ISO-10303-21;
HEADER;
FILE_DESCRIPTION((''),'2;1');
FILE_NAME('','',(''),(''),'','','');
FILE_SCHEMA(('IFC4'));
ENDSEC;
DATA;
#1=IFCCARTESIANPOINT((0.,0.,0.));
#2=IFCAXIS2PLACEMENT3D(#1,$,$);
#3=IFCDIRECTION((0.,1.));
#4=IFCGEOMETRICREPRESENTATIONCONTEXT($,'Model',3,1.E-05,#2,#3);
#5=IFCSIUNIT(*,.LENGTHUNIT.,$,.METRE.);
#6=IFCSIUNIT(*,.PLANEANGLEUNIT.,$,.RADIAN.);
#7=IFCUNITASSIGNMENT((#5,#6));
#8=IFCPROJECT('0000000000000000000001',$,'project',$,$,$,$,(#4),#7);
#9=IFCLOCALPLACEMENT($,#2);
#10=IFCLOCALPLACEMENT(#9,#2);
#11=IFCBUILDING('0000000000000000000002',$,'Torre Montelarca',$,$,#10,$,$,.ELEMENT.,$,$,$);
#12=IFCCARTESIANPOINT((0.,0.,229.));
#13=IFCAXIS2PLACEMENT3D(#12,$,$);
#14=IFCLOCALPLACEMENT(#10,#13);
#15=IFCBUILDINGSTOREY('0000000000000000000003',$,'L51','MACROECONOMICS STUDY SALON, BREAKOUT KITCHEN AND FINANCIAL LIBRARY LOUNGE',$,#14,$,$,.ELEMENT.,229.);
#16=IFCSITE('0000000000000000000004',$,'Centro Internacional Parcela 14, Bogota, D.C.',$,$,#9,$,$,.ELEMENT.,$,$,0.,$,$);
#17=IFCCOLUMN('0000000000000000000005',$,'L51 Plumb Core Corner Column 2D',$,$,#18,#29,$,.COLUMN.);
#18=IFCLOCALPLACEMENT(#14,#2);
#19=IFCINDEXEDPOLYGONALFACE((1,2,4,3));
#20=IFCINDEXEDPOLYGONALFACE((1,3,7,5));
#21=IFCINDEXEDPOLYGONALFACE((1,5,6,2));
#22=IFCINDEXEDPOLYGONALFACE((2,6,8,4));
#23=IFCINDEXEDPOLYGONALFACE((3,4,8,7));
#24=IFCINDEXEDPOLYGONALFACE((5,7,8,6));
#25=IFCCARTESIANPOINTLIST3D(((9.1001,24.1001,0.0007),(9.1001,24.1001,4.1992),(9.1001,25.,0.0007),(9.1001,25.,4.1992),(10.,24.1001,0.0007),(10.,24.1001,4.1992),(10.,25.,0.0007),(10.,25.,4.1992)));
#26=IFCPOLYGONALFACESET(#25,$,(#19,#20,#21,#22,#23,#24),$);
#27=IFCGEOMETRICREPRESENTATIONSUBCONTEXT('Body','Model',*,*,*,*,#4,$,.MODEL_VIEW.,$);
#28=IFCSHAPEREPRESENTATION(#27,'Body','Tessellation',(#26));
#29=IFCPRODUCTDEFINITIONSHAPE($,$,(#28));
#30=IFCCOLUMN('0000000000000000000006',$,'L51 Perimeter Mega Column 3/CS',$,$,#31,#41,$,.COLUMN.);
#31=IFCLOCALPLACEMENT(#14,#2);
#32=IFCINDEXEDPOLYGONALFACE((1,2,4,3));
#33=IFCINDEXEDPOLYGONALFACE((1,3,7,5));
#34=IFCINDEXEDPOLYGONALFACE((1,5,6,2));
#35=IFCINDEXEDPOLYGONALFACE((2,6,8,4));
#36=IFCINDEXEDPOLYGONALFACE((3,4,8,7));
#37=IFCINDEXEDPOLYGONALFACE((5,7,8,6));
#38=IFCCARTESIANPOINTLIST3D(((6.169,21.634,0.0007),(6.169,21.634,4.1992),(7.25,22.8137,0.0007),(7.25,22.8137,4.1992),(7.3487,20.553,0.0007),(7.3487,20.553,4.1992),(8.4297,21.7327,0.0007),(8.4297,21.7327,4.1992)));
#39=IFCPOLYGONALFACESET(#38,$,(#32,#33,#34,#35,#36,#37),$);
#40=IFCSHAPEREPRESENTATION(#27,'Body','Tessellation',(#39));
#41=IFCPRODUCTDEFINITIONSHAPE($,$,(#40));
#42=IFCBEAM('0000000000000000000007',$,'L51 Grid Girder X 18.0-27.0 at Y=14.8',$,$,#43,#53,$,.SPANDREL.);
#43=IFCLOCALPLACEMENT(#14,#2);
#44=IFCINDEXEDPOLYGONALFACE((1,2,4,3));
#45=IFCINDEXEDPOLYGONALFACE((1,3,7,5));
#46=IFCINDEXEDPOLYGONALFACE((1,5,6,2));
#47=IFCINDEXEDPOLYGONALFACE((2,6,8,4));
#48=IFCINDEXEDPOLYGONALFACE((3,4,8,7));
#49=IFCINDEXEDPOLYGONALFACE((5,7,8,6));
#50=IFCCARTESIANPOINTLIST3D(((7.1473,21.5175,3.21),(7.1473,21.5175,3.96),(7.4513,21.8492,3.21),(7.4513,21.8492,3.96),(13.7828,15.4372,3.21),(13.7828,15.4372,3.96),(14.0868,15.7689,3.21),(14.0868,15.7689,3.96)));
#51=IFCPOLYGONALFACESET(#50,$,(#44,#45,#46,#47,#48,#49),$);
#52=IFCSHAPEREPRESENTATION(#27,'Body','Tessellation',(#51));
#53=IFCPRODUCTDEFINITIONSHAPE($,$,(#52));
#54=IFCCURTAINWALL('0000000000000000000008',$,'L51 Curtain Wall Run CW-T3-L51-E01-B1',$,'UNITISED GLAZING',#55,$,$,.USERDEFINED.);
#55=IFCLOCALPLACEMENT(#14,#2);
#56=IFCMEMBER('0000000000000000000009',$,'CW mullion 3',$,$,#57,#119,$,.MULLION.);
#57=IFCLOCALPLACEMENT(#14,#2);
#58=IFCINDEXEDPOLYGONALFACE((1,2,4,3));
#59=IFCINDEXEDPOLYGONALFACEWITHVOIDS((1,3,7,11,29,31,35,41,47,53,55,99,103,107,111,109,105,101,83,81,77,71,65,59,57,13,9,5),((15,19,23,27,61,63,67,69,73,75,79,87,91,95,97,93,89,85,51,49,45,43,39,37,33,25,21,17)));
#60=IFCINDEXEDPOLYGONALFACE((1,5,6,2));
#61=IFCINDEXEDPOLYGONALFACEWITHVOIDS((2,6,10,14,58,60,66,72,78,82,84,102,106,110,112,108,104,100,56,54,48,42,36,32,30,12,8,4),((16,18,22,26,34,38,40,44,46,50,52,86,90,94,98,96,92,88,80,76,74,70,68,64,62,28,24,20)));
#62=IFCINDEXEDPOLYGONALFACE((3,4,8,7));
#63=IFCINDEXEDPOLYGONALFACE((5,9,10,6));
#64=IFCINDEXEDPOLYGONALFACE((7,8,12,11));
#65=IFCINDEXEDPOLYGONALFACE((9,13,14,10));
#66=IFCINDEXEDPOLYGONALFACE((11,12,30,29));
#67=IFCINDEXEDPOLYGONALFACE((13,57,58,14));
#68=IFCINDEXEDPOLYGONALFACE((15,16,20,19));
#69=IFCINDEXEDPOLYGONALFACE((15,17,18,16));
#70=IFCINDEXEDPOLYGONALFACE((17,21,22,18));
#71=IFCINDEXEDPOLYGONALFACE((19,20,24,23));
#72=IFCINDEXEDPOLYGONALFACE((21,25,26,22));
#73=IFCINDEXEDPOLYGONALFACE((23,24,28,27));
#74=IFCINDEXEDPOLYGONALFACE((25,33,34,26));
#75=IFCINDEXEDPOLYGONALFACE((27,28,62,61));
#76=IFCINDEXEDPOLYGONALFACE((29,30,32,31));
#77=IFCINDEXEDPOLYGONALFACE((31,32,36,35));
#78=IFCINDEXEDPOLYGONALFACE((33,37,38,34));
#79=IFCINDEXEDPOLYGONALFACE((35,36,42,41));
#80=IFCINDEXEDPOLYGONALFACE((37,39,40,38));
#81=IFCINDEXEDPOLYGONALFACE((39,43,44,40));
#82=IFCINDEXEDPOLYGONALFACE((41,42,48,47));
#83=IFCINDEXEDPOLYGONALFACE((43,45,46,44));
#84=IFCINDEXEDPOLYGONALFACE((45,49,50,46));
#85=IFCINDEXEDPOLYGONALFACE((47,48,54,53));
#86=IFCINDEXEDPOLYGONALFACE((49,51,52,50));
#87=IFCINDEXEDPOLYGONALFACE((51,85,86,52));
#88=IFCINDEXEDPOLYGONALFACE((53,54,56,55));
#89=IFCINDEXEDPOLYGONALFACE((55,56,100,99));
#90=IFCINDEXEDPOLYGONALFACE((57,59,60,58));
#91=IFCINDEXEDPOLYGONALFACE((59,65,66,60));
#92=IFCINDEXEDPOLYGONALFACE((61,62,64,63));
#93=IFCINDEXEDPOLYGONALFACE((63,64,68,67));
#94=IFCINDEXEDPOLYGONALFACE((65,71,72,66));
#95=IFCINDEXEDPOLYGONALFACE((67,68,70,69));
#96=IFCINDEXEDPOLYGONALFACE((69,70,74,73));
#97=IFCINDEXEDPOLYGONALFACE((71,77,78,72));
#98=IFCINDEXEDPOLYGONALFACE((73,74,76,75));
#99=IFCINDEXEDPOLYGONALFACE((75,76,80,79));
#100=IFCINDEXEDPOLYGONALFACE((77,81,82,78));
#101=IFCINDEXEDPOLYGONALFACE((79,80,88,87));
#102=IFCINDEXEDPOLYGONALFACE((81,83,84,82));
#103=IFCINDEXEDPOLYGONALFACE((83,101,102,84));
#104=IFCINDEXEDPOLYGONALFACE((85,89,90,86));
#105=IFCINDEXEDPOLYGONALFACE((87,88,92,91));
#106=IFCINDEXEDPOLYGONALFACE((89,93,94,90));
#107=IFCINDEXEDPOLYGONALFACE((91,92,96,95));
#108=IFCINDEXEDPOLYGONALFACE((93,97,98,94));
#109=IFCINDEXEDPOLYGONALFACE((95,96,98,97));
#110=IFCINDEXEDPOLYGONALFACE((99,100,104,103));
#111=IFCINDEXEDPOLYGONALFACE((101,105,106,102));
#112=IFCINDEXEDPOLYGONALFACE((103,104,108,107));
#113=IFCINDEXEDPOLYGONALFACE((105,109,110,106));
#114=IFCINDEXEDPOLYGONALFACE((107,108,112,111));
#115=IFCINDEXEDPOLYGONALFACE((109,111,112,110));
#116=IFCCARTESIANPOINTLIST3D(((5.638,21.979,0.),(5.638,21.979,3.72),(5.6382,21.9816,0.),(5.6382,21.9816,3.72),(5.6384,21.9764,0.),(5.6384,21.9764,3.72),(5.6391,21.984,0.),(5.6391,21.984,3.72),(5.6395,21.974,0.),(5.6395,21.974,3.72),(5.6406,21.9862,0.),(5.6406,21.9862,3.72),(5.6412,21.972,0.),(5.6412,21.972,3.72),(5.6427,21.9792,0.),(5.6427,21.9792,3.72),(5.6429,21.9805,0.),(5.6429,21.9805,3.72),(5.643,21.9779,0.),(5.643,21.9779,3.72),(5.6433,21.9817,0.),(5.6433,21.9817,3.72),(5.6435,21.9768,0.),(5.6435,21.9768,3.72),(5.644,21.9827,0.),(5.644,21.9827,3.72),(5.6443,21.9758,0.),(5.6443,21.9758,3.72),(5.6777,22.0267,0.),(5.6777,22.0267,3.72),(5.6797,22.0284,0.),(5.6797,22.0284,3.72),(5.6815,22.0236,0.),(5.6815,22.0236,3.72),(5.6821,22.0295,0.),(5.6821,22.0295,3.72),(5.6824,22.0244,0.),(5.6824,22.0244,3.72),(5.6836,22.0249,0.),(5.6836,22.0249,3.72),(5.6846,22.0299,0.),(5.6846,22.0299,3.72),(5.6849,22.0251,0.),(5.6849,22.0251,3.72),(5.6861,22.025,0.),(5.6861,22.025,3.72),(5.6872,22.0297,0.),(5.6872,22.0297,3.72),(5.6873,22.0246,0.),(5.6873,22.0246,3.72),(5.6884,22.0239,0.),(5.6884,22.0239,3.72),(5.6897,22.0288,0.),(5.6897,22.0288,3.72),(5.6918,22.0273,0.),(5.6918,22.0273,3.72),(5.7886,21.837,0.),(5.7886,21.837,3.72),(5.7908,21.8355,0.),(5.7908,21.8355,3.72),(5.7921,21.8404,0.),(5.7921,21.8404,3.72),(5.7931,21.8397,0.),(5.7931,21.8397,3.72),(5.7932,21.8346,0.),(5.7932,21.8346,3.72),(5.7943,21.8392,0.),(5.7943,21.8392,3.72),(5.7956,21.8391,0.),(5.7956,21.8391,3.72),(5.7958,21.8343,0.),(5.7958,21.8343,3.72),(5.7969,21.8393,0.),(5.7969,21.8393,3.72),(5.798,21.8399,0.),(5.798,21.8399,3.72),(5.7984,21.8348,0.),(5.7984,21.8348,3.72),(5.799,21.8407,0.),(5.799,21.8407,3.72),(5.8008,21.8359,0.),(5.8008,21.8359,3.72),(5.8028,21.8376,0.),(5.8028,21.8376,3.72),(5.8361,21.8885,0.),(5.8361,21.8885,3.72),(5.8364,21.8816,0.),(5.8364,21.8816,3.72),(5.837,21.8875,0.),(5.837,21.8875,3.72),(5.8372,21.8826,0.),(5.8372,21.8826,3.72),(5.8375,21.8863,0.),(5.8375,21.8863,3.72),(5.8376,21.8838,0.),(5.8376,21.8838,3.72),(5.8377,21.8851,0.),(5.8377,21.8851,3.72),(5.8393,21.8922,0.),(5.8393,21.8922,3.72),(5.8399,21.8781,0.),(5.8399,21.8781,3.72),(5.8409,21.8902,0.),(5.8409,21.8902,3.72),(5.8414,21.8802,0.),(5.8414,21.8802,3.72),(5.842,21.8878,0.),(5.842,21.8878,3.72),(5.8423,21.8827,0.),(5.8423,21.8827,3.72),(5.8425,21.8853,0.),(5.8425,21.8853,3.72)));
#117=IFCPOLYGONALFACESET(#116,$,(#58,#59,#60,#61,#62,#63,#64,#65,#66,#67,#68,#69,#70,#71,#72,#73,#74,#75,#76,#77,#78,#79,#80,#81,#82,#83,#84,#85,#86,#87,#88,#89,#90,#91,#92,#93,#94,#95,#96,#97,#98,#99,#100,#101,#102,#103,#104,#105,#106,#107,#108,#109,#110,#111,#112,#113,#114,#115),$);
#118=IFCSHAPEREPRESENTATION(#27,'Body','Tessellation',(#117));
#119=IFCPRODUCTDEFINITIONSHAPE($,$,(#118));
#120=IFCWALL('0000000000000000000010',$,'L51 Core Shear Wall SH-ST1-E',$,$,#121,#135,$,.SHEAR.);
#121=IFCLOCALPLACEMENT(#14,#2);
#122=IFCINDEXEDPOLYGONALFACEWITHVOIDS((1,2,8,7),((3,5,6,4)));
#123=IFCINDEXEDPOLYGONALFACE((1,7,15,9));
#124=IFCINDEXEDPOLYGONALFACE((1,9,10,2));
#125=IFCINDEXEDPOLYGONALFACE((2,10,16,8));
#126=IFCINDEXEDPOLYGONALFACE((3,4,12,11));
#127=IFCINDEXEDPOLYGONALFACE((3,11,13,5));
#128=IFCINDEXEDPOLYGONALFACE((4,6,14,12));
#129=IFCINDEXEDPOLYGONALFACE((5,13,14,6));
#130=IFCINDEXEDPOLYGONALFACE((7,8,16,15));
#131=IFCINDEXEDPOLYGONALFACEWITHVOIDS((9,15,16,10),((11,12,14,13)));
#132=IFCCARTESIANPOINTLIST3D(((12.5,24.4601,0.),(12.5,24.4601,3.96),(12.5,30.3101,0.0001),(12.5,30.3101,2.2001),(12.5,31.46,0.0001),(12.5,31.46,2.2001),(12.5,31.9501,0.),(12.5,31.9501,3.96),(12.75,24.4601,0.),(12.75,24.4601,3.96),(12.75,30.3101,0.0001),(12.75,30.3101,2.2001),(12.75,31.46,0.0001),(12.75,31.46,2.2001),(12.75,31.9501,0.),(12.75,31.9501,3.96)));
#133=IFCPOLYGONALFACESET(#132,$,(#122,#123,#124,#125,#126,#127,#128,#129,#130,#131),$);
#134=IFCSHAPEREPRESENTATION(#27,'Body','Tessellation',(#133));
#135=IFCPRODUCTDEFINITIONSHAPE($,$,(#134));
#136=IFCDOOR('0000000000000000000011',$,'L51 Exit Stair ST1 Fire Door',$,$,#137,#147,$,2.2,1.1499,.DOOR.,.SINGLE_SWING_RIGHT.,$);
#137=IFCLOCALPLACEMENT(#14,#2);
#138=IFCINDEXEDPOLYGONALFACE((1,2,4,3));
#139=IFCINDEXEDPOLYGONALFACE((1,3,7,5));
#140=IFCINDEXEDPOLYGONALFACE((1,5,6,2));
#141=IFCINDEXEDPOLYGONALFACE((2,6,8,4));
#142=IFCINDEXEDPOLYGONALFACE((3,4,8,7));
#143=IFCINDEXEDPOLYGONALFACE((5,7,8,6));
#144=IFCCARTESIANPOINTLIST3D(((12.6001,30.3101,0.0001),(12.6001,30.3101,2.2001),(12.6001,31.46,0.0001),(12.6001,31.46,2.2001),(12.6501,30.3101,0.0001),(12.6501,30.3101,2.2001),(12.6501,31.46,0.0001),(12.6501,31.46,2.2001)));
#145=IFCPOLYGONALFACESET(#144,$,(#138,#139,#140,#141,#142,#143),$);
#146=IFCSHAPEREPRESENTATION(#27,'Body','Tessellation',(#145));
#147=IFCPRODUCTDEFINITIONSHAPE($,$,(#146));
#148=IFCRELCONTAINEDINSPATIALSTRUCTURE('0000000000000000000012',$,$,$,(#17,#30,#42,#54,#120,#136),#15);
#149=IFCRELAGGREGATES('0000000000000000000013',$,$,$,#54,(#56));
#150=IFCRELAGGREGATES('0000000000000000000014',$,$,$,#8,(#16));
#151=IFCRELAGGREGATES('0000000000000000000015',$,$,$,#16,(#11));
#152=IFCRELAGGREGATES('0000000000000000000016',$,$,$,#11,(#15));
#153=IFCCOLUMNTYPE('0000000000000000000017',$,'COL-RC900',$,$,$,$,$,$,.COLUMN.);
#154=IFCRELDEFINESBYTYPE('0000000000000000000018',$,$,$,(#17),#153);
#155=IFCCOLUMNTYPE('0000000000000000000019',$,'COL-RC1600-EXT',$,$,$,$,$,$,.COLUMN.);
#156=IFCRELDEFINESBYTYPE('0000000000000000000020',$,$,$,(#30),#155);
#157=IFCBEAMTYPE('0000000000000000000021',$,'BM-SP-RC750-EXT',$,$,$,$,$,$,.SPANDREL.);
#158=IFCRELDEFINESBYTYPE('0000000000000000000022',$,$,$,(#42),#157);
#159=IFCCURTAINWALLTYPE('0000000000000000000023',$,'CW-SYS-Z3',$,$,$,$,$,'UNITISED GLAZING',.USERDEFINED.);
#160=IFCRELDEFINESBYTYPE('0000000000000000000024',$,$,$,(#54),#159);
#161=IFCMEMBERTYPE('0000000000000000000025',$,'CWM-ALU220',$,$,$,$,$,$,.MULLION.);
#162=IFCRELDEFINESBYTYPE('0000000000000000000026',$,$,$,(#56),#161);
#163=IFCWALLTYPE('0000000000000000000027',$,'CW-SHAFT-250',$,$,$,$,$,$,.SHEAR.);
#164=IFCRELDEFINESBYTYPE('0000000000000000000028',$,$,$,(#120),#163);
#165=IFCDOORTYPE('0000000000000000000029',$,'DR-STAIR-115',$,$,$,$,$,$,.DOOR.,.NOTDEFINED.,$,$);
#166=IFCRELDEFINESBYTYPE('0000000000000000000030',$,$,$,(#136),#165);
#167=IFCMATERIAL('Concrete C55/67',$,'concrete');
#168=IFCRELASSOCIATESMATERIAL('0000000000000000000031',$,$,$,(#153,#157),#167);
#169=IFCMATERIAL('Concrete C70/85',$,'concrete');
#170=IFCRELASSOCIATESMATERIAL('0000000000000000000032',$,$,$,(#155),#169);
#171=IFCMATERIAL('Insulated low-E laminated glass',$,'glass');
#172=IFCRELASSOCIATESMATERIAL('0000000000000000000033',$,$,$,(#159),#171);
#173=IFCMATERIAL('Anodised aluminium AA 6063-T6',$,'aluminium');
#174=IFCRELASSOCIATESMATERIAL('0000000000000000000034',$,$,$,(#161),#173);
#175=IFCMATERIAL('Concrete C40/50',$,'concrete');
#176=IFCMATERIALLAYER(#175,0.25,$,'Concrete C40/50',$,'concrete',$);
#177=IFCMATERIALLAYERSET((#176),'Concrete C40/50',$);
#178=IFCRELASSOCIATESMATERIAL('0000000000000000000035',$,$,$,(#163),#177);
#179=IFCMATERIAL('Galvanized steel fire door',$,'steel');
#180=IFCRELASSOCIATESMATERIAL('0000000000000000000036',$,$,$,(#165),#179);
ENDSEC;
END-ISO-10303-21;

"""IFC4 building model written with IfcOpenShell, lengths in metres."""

from ifc_helpers import new_model, si_unit, direction, frame, frame_2d, origin, origin_2d, place, context, subcontext, project, spatial, rectangle, hollow_rectangle, extrude, source, transform, mapped, material, layer, layer_set, material_profile, profile_set, type_object, element, fill, aggregate, save


model = new_model("IFC4")

# Units and contexts
model_context = context("Model", 3, precision=1e-05, world=origin(), true_north=direction((0.0, 1.0)))
body_context = subcontext(model_context, "Body", "Model", "MODEL_VIEW")
ifc_project = project(units=[si_unit("LENGTHUNIT", "METRE"), si_unit("PLANEANGLEUNIT", "RADIAN")], contexts=[model_context])

# Site, building, storey
site_placement = place(None, origin())
site = spatial("IfcSite", under=ifc_project, at=site_placement, Name="Centro Internacional Parcela 14, Bogota, D.C.", CompositionType="ELEMENT", RefElevation=0.0)
building_placement = place(site_placement, origin())
building = spatial("IfcBuilding", under=site, at=building_placement, Name="Torre Montelarca", CompositionType="ELEMENT")
storey_placement = place(building_placement, frame((0.0, 0.0, 229.0)))
storey = spatial("IfcBuildingStorey", under=building, at=storey_placement, Name="L51", Description="MACROECONOMICS STUDY SALON, BREAKOUT KITCHEN AND FINANCIAL LIBRARY LOUNGE", CompositionType="ELEMENT", Elevation=229.0)

# Columns
ifc_material_1 = material(Name="Concrete C55/67", Category="concrete")
ifc_material_profile_1 = material_profile(ifc_material_1, rectangle(XDim=0.8999, YDim=0.8999, at=origin_2d()), Name="RC900X900", Category="concrete")
ifc_profile_set_1 = profile_set([ifc_material_profile_1], Name="Concrete C55/67")
column_type_1 = type_object("IfcColumnType", Name="COL-RC900", PredefinedType="COLUMN", material=ifc_profile_set_1)
shared_shape_1 = source(origin(), body_context, "Body", "SweptSolid", [
    extrude(rectangle(XDim=0.8999, YDim=0.8999, at=origin_2d()), origin(), (0.0, 0.0, 1.0), 4.1985),
])
column_1_placement = place(storey_placement, frame((9.55, 24.55, 0.0007), z_axis=(0.0, 0.0, 1.0), x_axis=(1.0, 0.0, 0.0)))
element("IfcColumn", 1, at=column_1_placement, inside=storey, type_object=column_type_1, Name="L51 Plumb Core Corner Column 2D", PredefinedType="COLUMN", context=body_context, shape_type="MappedRepresentation", body=[
    mapped(shared_shape_1, transform((0.0, 0.0, 0.0), scale=1.0)),
])
ifc_material_2 = material(Name="Concrete C70/85", Category="concrete")
ifc_material_profile_2 = material_profile(ifc_material_2, rectangle(XDim=1.6001, YDim=1.6001, at=origin_2d()), Name="RC1600X1600", Category="concrete")
ifc_profile_set_2 = profile_set([ifc_material_profile_2], Name="Concrete C70/85")
column_type_2 = type_object("IfcColumnType", Name="COL-RC1600-EXT", PredefinedType="COLUMN", material=ifc_profile_set_2)
shared_shape_2 = source(origin(), body_context, "Body", "SweptSolid", [
    extrude(rectangle(XDim=1.6001, YDim=1.6001, at=origin_2d()), origin(), (0.0, 0.0, 1.0), 4.1985),
])
column_2_placement = place(storey_placement, frame((7.2993, 21.6833, 0.0007), z_axis=(0.0, 0.0, 1.0), x_axis=(-0.737277, 0.67559, 0.0)))
element("IfcColumn", 2, at=column_2_placement, inside=storey, type_object=column_type_2, Name="L51 Perimeter Mega Column 3/CS", PredefinedType="COLUMN", context=body_context, shape_type="MappedRepresentation", body=[
    mapped(shared_shape_2, transform((0.0, 0.0, 0.0), scale=1.0)),
])

# Beam
ifc_material_profile_3 = material_profile(ifc_material_1, rectangle(XDim=0.45, YDim=0.75, at=origin_2d()), Name="RCB450X750", Category="concrete")
ifc_profile_set_3 = profile_set([ifc_material_profile_3], Name="Concrete C55/67")
beam_type = type_object("IfcBeamType", Name="BM-SP-RC750-EXT", PredefinedType="SPANDREL", material=ifc_profile_set_3)
shared_shape_3 = source(origin(), body_context, "Body", "SweptSolid", [
    extrude(rectangle(XDim=0.45, YDim=0.75, at=origin_2d()), origin(), (0.0, 0.0, 1.0), 9.0),
])
beam_placement = place(storey_placement, frame((7.2993, 21.6833, 3.585), z_axis=(0.737277, -0.675591, 0.0), x_axis=(0.675591, 0.737277, 0.0)))
element("IfcBeam", 3, at=beam_placement, inside=storey, type_object=beam_type, Name="L51 Grid Girder X 18.0-27.0 at Y=14.8", PredefinedType="SPANDREL", context=body_context, shape_type="MappedRepresentation", body=[
    mapped(shared_shape_3, transform((0.0, 0.0, 0.0), scale=1.0)),
])

# Curtain wall, member
ifc_material_3 = material(Name="Insulated low-E laminated glass", Category="glass")
curtain_wall_type = type_object("IfcCurtainWallType", Name="CW-SYS-Z3", ElementType="UNITISED GLAZING", PredefinedType="USERDEFINED", material=ifc_material_3)
curtain_wall_placement = place(storey_placement, origin())
curtain_wall = element("IfcCurtainWall", 4, at=curtain_wall_placement, inside=storey, type_object=curtain_wall_type, Name="L51 Curtain Wall Run CW-T3-L51-E01-B1", ObjectType="UNITISED GLAZING", PredefinedType="USERDEFINED")
ifc_material_4 = material(Name="Anodised aluminium AA 6063-T6", Category="aluminium")
ifc_material_profile_4 = material_profile(ifc_material_4, hollow_rectangle(XDim=0.075, YDim=0.22, WallThickness=0.0049, InnerFilletRadius=0.0049, OuterFilletRadius=0.01, at=origin_2d()), Name="ALU75X220X5", Category="aluminium")
ifc_profile_set_4 = profile_set([ifc_material_profile_4], Name="Anodised aluminium AA 6063-T6")
member_type = type_object("IfcMemberType", Name="CWM-ALU220", PredefinedType="MULLION", material=ifc_profile_set_4)
shared_shape_4 = source(origin(), body_context, "Body", "SweptSolid", [
    extrude(hollow_rectangle(XDim=0.075, YDim=0.22, WallThickness=0.0049, InnerFilletRadius=0.0049, OuterFilletRadius=0.01, at=origin_2d()), origin(), (0.0, 0.0, 1.0), 3.72),
])
member_placement = place(storey_placement, frame((5.7402, 21.9321, 0.0), z_axis=(0.0, 0.0, 1.0), x_axis=(0.675588, 0.73728, 0.0)))
member = element("IfcMember", 5, at=member_placement, type_object=member_type, Name="CW mullion 3", PredefinedType="MULLION", context=body_context, shape_type="MappedRepresentation", body=[
    mapped(shared_shape_4, transform((0.0, 0.0, 0.0), scale=1.0)),
])
aggregate(curtain_wall, [member])

# Wall, opening, door
ifc_material_5 = material(Name="Concrete C40/50", Category="concrete")
ifc_layer_1 = layer(ifc_material_5, 0.25, Name="Concrete C40/50", Category="concrete")
ifc_layer_set_1 = layer_set([ifc_layer_1], Name="Concrete C40/50")
wall_type_1 = type_object("IfcWallType", Name="CW-SHAFT-250", PredefinedType="SHEAR", material=ifc_layer_set_1)
wall_1_placement = place(storey_placement, frame((12.625, 24.46, 0.0), z_axis=(0.0, 0.0, 1.0), x_axis=(0.0, 1.0, 0.0)))
wall_1 = element("IfcWall", 6, at=wall_1_placement, inside=storey, type_object=wall_type_1, Name="L51 Core Shear Wall SH-ST1-E", PredefinedType="SHEAR", context=body_context, shape_type="SweptSolid", body=[
    extrude(rectangle(XDim=7.49, YDim=0.25, at=frame_2d((3.7451, 0.0))), origin(), (0.0, 0.0, 1.0), 3.96),
])
opening_1_placement = place(wall_1_placement, frame((5.8501, 0.0, 0.0)))
opening_1 = element("IfcOpeningElement", 7, at=opening_1_placement, cuts=wall_1, PredefinedType="OPENING", context=body_context, shape_type="SweptSolid", body=[
    extrude(rectangle(XDim=1.1499, YDim=2.2, at=frame_2d((0.575, 1.1001))), frame((0.0, 0.135, 0.0), z_axis=(0.0, -1.0, 0.0), x_axis=(1.0, 0.0, 0.0)), (0.0, 0.0, 1.0), 0.27),
])
ifc_material_6 = material(Name="Galvanized steel fire door", Category="steel")
door_type_1 = type_object("IfcDoorType", Name="DR-STAIR-115", OperationType="NOTDEFINED", PredefinedType="DOOR", material=ifc_material_6)
shared_shape_5 = source(origin(), body_context, "Body", "SweptSolid", [
    extrude(rectangle(XDim=1.1499, YDim=2.2, at=frame_2d((0.575, 1.1001))), frame((0.0, 0.0249, 0.0), z_axis=(0.0, -1.0, 0.0), x_axis=(1.0, 0.0, 0.0)), (0.0, 0.0, 1.0), 0.05),
])
door_1_placement = place(opening_1_placement, origin())
door_1 = element("IfcDoor", 8, at=door_1_placement, inside=storey, type_object=door_type_1, Name="L51 Exit Stair ST1 Fire Door", OperationType="SINGLE_SWING_RIGHT", OverallHeight=2.2, OverallWidth=1.1499, PredefinedType="DOOR", context=body_context, shape_type="MappedRepresentation", body=[
    mapped(shared_shape_5, transform((0.0, 0.0, 0.0), scale=1.0)),
])
fill(opening_1, door_1)

save(model, "model.ifc")
